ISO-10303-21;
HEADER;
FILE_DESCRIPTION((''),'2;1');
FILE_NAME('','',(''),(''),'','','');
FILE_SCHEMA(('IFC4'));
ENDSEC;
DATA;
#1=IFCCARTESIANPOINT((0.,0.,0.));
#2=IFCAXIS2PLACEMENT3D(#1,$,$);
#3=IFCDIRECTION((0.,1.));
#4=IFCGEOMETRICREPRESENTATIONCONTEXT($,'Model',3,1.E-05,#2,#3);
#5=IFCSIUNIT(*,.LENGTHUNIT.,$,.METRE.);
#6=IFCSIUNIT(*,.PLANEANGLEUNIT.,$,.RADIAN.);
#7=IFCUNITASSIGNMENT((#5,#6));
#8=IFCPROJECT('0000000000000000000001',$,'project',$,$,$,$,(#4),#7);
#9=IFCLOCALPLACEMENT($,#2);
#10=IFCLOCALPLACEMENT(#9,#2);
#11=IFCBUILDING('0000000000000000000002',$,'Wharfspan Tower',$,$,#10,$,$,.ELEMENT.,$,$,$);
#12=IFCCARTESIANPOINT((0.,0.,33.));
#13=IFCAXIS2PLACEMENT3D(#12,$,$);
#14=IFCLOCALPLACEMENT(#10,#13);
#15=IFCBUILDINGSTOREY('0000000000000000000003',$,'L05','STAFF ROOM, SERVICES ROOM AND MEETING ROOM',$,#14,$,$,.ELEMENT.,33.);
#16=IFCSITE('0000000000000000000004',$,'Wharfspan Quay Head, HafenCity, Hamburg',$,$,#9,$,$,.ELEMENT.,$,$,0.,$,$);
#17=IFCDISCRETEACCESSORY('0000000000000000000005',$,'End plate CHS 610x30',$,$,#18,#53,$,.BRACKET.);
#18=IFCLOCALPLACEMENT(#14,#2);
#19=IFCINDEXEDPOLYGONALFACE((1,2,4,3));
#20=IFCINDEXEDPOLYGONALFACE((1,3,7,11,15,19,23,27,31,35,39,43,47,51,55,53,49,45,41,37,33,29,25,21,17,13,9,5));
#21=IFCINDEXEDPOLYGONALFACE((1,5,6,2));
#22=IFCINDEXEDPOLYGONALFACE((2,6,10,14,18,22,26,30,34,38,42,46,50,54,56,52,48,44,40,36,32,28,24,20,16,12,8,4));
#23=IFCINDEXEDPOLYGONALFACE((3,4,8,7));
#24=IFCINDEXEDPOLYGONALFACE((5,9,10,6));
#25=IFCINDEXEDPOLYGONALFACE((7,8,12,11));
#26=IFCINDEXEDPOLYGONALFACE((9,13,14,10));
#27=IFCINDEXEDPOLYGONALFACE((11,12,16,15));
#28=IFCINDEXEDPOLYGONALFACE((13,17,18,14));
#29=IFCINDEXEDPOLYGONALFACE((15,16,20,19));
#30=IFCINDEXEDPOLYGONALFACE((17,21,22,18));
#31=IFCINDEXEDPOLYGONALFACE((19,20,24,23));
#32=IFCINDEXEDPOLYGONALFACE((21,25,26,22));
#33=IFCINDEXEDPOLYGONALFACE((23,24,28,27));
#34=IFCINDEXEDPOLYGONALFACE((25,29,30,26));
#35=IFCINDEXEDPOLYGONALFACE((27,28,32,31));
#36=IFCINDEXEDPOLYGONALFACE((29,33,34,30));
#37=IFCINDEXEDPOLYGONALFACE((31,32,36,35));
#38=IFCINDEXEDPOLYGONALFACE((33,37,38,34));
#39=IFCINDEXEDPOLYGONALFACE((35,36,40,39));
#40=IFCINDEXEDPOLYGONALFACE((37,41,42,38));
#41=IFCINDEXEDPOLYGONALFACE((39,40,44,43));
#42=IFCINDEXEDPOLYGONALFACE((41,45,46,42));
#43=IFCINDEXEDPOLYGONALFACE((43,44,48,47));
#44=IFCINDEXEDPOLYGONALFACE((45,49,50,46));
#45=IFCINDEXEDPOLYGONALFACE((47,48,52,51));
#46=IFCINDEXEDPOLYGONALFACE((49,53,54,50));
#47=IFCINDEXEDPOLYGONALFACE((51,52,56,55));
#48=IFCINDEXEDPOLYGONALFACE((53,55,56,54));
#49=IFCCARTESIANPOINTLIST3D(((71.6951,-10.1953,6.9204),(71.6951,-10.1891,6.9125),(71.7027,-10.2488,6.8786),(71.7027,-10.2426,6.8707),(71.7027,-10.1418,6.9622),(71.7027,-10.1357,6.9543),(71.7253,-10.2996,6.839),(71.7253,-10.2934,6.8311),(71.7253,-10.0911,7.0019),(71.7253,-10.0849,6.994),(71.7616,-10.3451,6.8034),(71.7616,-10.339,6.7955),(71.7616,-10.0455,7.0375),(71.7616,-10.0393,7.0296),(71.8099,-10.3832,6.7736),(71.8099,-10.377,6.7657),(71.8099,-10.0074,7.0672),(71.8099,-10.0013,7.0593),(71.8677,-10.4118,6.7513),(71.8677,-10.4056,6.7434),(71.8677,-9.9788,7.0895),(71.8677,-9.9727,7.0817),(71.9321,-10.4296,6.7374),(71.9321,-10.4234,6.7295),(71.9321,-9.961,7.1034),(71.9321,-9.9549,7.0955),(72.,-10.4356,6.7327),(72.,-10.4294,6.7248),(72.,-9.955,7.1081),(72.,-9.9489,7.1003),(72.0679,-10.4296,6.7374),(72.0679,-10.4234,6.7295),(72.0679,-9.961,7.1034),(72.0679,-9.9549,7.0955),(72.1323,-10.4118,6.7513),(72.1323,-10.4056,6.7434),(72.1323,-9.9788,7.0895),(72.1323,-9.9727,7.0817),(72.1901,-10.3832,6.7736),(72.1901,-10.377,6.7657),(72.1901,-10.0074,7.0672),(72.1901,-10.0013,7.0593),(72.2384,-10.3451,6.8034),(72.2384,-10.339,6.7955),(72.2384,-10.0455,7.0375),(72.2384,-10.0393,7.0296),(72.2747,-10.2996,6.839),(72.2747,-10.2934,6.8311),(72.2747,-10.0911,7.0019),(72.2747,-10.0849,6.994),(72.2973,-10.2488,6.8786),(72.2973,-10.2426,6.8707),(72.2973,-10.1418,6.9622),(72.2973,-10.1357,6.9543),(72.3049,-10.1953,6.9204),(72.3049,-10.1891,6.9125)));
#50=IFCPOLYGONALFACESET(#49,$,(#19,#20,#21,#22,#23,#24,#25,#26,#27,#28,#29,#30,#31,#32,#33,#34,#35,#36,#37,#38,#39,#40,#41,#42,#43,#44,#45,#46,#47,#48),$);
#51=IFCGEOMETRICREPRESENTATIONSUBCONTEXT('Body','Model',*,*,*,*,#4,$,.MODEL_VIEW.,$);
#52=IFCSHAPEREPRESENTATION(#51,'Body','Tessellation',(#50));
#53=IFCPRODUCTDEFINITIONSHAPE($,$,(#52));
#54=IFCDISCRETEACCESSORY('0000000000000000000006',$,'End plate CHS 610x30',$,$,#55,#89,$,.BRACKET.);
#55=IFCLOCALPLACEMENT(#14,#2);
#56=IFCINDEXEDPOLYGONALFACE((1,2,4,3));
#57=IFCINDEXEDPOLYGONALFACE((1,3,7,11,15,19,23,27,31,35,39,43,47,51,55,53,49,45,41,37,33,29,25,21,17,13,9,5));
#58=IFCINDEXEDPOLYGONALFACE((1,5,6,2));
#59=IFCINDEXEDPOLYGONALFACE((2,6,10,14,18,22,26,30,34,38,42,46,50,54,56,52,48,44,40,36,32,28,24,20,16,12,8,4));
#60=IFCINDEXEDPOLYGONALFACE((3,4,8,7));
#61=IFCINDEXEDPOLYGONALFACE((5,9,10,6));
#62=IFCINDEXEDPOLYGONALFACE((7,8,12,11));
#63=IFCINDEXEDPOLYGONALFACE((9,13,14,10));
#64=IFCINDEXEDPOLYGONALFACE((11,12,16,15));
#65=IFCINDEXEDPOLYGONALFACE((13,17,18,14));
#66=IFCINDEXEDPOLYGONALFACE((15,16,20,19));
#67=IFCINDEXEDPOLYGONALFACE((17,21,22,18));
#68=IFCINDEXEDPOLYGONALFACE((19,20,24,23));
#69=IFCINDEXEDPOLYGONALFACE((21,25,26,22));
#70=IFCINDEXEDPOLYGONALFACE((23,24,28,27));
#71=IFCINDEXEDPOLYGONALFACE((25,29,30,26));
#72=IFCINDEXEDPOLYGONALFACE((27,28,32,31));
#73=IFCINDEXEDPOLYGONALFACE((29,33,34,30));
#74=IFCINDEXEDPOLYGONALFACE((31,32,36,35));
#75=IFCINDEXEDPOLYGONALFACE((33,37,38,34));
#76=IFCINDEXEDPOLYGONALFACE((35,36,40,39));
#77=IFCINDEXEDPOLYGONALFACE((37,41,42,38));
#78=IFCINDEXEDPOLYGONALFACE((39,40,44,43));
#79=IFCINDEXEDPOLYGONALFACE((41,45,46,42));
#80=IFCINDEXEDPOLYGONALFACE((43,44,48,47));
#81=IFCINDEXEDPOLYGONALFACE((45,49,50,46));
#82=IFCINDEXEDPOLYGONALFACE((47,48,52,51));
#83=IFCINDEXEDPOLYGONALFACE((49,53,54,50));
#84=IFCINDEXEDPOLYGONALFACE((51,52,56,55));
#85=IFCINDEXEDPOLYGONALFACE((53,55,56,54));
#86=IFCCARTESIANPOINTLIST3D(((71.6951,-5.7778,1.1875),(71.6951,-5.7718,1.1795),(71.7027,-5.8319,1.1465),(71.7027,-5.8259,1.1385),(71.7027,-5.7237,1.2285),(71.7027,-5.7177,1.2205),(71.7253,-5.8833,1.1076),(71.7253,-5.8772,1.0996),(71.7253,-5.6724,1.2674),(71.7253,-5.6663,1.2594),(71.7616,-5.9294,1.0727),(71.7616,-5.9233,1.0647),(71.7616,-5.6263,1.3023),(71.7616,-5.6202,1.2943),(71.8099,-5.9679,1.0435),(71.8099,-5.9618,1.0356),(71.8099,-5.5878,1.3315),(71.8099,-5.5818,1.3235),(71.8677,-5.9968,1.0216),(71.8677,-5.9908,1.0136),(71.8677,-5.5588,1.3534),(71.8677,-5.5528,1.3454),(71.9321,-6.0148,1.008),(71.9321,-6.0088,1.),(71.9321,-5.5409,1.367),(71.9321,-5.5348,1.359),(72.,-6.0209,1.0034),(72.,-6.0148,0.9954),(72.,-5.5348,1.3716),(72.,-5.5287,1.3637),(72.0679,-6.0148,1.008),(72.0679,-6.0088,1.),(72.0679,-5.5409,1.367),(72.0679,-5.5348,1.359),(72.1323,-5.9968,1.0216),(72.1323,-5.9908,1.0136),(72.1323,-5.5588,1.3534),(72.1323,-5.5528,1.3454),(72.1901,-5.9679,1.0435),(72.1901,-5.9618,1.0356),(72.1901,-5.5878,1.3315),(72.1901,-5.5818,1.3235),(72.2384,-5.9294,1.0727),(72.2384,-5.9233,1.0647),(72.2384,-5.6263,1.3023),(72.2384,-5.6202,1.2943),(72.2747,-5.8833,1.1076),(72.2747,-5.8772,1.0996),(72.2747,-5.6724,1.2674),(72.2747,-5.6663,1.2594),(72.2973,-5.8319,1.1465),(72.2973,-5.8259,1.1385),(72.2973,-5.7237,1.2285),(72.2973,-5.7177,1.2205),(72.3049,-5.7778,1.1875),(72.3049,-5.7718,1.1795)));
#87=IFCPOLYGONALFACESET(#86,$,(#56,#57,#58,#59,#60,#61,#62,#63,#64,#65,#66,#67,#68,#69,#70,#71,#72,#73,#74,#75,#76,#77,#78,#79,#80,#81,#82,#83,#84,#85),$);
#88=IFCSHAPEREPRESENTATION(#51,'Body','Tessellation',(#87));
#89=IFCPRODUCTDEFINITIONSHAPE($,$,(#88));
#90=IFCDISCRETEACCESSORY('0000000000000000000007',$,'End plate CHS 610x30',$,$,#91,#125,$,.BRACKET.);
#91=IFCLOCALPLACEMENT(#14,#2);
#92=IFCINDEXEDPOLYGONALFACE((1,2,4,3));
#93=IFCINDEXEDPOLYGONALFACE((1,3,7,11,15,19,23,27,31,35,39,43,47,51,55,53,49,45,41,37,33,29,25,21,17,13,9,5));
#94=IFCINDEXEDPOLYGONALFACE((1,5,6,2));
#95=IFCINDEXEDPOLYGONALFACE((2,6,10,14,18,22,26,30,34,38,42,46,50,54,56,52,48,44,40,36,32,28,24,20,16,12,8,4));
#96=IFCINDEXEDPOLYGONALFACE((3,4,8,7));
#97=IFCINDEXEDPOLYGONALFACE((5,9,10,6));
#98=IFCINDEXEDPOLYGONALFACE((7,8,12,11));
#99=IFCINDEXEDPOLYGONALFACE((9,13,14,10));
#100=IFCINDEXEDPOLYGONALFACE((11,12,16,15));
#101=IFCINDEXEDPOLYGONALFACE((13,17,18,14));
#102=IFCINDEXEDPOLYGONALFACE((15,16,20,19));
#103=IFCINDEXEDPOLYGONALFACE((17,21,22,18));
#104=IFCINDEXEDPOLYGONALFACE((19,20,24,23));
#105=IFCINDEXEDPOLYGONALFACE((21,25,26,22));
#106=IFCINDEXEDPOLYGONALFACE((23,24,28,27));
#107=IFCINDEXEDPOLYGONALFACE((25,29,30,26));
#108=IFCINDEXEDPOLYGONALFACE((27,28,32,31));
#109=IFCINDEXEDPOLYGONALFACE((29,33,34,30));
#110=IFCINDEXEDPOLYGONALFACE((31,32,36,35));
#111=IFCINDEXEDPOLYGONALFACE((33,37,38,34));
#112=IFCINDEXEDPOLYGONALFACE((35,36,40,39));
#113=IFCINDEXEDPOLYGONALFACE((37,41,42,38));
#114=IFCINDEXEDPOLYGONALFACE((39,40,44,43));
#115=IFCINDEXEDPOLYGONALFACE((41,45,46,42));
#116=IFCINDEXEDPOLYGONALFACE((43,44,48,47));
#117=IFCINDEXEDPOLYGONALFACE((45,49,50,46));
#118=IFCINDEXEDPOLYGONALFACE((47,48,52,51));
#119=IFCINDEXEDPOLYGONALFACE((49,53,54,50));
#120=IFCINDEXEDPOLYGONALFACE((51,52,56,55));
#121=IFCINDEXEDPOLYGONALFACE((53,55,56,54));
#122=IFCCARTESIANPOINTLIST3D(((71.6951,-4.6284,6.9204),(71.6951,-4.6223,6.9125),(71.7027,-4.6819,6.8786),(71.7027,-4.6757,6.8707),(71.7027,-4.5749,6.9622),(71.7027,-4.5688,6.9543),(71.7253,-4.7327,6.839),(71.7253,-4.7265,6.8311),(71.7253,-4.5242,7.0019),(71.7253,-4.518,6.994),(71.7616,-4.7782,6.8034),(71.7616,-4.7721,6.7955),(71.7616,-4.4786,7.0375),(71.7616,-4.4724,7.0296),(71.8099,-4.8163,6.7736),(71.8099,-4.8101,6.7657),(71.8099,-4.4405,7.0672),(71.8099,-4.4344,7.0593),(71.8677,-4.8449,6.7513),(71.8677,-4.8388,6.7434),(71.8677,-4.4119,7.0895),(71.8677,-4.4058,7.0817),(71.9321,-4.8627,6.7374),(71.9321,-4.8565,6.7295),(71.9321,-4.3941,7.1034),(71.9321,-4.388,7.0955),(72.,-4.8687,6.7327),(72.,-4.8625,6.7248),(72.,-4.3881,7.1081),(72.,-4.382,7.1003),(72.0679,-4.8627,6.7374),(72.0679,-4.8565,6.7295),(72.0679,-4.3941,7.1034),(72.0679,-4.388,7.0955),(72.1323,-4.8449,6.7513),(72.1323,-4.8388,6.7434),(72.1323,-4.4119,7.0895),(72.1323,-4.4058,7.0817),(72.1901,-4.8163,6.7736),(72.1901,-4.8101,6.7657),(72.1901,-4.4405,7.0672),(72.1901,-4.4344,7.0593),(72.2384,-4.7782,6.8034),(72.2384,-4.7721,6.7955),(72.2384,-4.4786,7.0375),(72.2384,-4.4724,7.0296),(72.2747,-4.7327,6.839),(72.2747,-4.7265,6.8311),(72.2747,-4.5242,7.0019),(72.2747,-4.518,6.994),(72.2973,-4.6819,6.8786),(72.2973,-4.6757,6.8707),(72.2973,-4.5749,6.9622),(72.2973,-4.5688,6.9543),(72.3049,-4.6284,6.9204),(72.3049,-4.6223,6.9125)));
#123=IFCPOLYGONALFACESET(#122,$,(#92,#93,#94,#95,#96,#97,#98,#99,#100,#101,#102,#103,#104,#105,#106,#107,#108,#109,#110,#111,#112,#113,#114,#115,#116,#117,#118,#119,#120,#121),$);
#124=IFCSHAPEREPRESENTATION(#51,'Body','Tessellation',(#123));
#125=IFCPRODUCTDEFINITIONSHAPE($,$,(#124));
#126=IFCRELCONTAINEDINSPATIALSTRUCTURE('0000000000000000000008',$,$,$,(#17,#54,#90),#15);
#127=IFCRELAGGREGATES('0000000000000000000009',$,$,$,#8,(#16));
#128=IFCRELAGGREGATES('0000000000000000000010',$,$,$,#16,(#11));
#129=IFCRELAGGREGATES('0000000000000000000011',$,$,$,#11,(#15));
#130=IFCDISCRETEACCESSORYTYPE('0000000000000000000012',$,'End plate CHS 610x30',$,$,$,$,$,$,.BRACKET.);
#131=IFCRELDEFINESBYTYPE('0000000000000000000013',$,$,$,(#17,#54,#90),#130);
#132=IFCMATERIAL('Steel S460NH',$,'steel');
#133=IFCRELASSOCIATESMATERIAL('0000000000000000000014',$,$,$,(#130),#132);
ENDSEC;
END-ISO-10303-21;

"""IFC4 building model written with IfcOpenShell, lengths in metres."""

from ifc_helpers import new_model, si_unit, direction, frame, origin, origin_2d, place, context, subcontext, project, spatial, circle, extrude, material, material_profile, profile_set, type_object, element, save


model = new_model("IFC4")

# Units and contexts
model_context = context("Model", 3, precision=1e-05, world=origin(), true_north=direction((0.0, 1.0)))
body_context = subcontext(model_context, "Body", "Model", "MODEL_VIEW")
ifc_project = project(units=[si_unit("LENGTHUNIT", "METRE"), si_unit("PLANEANGLEUNIT", "RADIAN")], contexts=[model_context])

# Site, building, storey
site_placement = place(None, origin())
site = spatial("IfcSite", under=ifc_project, at=site_placement, Name="Wharfspan Quay Head, HafenCity, Hamburg", CompositionType="ELEMENT", RefElevation=0.0)
building_placement = place(site_placement, origin())
building = spatial("IfcBuilding", under=site, at=building_placement, Name="Wharfspan Tower", CompositionType="ELEMENT")
storey_placement = place(building_placement, frame((0.0, 0.0, 33.0)))
storey = spatial("IfcBuildingStorey", under=building, at=storey_placement, Name="L05", Description="STAFF ROOM, SERVICES ROOM AND MEETING ROOM", CompositionType="ELEMENT", Elevation=33.0)

# Shared definitions
ifc_material_1 = material(Name="Steel S460NH", Category="steel")

# Discrete accessories
ifc_material_profile_1 = material_profile(ifc_material_1, circle(Radius=0.3049, at=origin_2d()))
ifc_profile_set_1 = profile_set([ifc_material_profile_1], Name="Steel S460NH")
discrete_accessory_type = type_object("IfcDiscreteAccessoryType", Name="End plate CHS 610x30", PredefinedType="BRACKET", material=ifc_profile_set_1)
for number, where, z_axis, x_axis, name in (
    (1, (72.0, -10.1953, 6.9204), (0.0, 0.615644, -0.788024), (-1.0, 0.0, 0.0), "End plate CHS 610x30"),
    (2, (72.0, -5.7778, 1.1875), (0.0, 0.603858, -0.797092), (-1.0, 0.0, 0.0), "End plate CHS 610x30"),
    (3, (72.0, -4.6284, 6.9204), (0.0, 0.615644, -0.788024), (-1.0, 0.0, 0.0), "End plate CHS 610x30"),
):
    element("IfcDiscreteAccessory", number, at=place(storey_placement, frame(where, z_axis=z_axis, x_axis=x_axis)), inside=storey, type_object=discrete_accessory_type, Name=name, PredefinedType="BRACKET", context=body_context, shape_type="SweptSolid", body=[
        extrude(circle(Radius=0.3049, at=origin_2d()), origin(), (0.0, 0.0, 1.0), 0.01),
    ])

save(model, "model.ifc")
